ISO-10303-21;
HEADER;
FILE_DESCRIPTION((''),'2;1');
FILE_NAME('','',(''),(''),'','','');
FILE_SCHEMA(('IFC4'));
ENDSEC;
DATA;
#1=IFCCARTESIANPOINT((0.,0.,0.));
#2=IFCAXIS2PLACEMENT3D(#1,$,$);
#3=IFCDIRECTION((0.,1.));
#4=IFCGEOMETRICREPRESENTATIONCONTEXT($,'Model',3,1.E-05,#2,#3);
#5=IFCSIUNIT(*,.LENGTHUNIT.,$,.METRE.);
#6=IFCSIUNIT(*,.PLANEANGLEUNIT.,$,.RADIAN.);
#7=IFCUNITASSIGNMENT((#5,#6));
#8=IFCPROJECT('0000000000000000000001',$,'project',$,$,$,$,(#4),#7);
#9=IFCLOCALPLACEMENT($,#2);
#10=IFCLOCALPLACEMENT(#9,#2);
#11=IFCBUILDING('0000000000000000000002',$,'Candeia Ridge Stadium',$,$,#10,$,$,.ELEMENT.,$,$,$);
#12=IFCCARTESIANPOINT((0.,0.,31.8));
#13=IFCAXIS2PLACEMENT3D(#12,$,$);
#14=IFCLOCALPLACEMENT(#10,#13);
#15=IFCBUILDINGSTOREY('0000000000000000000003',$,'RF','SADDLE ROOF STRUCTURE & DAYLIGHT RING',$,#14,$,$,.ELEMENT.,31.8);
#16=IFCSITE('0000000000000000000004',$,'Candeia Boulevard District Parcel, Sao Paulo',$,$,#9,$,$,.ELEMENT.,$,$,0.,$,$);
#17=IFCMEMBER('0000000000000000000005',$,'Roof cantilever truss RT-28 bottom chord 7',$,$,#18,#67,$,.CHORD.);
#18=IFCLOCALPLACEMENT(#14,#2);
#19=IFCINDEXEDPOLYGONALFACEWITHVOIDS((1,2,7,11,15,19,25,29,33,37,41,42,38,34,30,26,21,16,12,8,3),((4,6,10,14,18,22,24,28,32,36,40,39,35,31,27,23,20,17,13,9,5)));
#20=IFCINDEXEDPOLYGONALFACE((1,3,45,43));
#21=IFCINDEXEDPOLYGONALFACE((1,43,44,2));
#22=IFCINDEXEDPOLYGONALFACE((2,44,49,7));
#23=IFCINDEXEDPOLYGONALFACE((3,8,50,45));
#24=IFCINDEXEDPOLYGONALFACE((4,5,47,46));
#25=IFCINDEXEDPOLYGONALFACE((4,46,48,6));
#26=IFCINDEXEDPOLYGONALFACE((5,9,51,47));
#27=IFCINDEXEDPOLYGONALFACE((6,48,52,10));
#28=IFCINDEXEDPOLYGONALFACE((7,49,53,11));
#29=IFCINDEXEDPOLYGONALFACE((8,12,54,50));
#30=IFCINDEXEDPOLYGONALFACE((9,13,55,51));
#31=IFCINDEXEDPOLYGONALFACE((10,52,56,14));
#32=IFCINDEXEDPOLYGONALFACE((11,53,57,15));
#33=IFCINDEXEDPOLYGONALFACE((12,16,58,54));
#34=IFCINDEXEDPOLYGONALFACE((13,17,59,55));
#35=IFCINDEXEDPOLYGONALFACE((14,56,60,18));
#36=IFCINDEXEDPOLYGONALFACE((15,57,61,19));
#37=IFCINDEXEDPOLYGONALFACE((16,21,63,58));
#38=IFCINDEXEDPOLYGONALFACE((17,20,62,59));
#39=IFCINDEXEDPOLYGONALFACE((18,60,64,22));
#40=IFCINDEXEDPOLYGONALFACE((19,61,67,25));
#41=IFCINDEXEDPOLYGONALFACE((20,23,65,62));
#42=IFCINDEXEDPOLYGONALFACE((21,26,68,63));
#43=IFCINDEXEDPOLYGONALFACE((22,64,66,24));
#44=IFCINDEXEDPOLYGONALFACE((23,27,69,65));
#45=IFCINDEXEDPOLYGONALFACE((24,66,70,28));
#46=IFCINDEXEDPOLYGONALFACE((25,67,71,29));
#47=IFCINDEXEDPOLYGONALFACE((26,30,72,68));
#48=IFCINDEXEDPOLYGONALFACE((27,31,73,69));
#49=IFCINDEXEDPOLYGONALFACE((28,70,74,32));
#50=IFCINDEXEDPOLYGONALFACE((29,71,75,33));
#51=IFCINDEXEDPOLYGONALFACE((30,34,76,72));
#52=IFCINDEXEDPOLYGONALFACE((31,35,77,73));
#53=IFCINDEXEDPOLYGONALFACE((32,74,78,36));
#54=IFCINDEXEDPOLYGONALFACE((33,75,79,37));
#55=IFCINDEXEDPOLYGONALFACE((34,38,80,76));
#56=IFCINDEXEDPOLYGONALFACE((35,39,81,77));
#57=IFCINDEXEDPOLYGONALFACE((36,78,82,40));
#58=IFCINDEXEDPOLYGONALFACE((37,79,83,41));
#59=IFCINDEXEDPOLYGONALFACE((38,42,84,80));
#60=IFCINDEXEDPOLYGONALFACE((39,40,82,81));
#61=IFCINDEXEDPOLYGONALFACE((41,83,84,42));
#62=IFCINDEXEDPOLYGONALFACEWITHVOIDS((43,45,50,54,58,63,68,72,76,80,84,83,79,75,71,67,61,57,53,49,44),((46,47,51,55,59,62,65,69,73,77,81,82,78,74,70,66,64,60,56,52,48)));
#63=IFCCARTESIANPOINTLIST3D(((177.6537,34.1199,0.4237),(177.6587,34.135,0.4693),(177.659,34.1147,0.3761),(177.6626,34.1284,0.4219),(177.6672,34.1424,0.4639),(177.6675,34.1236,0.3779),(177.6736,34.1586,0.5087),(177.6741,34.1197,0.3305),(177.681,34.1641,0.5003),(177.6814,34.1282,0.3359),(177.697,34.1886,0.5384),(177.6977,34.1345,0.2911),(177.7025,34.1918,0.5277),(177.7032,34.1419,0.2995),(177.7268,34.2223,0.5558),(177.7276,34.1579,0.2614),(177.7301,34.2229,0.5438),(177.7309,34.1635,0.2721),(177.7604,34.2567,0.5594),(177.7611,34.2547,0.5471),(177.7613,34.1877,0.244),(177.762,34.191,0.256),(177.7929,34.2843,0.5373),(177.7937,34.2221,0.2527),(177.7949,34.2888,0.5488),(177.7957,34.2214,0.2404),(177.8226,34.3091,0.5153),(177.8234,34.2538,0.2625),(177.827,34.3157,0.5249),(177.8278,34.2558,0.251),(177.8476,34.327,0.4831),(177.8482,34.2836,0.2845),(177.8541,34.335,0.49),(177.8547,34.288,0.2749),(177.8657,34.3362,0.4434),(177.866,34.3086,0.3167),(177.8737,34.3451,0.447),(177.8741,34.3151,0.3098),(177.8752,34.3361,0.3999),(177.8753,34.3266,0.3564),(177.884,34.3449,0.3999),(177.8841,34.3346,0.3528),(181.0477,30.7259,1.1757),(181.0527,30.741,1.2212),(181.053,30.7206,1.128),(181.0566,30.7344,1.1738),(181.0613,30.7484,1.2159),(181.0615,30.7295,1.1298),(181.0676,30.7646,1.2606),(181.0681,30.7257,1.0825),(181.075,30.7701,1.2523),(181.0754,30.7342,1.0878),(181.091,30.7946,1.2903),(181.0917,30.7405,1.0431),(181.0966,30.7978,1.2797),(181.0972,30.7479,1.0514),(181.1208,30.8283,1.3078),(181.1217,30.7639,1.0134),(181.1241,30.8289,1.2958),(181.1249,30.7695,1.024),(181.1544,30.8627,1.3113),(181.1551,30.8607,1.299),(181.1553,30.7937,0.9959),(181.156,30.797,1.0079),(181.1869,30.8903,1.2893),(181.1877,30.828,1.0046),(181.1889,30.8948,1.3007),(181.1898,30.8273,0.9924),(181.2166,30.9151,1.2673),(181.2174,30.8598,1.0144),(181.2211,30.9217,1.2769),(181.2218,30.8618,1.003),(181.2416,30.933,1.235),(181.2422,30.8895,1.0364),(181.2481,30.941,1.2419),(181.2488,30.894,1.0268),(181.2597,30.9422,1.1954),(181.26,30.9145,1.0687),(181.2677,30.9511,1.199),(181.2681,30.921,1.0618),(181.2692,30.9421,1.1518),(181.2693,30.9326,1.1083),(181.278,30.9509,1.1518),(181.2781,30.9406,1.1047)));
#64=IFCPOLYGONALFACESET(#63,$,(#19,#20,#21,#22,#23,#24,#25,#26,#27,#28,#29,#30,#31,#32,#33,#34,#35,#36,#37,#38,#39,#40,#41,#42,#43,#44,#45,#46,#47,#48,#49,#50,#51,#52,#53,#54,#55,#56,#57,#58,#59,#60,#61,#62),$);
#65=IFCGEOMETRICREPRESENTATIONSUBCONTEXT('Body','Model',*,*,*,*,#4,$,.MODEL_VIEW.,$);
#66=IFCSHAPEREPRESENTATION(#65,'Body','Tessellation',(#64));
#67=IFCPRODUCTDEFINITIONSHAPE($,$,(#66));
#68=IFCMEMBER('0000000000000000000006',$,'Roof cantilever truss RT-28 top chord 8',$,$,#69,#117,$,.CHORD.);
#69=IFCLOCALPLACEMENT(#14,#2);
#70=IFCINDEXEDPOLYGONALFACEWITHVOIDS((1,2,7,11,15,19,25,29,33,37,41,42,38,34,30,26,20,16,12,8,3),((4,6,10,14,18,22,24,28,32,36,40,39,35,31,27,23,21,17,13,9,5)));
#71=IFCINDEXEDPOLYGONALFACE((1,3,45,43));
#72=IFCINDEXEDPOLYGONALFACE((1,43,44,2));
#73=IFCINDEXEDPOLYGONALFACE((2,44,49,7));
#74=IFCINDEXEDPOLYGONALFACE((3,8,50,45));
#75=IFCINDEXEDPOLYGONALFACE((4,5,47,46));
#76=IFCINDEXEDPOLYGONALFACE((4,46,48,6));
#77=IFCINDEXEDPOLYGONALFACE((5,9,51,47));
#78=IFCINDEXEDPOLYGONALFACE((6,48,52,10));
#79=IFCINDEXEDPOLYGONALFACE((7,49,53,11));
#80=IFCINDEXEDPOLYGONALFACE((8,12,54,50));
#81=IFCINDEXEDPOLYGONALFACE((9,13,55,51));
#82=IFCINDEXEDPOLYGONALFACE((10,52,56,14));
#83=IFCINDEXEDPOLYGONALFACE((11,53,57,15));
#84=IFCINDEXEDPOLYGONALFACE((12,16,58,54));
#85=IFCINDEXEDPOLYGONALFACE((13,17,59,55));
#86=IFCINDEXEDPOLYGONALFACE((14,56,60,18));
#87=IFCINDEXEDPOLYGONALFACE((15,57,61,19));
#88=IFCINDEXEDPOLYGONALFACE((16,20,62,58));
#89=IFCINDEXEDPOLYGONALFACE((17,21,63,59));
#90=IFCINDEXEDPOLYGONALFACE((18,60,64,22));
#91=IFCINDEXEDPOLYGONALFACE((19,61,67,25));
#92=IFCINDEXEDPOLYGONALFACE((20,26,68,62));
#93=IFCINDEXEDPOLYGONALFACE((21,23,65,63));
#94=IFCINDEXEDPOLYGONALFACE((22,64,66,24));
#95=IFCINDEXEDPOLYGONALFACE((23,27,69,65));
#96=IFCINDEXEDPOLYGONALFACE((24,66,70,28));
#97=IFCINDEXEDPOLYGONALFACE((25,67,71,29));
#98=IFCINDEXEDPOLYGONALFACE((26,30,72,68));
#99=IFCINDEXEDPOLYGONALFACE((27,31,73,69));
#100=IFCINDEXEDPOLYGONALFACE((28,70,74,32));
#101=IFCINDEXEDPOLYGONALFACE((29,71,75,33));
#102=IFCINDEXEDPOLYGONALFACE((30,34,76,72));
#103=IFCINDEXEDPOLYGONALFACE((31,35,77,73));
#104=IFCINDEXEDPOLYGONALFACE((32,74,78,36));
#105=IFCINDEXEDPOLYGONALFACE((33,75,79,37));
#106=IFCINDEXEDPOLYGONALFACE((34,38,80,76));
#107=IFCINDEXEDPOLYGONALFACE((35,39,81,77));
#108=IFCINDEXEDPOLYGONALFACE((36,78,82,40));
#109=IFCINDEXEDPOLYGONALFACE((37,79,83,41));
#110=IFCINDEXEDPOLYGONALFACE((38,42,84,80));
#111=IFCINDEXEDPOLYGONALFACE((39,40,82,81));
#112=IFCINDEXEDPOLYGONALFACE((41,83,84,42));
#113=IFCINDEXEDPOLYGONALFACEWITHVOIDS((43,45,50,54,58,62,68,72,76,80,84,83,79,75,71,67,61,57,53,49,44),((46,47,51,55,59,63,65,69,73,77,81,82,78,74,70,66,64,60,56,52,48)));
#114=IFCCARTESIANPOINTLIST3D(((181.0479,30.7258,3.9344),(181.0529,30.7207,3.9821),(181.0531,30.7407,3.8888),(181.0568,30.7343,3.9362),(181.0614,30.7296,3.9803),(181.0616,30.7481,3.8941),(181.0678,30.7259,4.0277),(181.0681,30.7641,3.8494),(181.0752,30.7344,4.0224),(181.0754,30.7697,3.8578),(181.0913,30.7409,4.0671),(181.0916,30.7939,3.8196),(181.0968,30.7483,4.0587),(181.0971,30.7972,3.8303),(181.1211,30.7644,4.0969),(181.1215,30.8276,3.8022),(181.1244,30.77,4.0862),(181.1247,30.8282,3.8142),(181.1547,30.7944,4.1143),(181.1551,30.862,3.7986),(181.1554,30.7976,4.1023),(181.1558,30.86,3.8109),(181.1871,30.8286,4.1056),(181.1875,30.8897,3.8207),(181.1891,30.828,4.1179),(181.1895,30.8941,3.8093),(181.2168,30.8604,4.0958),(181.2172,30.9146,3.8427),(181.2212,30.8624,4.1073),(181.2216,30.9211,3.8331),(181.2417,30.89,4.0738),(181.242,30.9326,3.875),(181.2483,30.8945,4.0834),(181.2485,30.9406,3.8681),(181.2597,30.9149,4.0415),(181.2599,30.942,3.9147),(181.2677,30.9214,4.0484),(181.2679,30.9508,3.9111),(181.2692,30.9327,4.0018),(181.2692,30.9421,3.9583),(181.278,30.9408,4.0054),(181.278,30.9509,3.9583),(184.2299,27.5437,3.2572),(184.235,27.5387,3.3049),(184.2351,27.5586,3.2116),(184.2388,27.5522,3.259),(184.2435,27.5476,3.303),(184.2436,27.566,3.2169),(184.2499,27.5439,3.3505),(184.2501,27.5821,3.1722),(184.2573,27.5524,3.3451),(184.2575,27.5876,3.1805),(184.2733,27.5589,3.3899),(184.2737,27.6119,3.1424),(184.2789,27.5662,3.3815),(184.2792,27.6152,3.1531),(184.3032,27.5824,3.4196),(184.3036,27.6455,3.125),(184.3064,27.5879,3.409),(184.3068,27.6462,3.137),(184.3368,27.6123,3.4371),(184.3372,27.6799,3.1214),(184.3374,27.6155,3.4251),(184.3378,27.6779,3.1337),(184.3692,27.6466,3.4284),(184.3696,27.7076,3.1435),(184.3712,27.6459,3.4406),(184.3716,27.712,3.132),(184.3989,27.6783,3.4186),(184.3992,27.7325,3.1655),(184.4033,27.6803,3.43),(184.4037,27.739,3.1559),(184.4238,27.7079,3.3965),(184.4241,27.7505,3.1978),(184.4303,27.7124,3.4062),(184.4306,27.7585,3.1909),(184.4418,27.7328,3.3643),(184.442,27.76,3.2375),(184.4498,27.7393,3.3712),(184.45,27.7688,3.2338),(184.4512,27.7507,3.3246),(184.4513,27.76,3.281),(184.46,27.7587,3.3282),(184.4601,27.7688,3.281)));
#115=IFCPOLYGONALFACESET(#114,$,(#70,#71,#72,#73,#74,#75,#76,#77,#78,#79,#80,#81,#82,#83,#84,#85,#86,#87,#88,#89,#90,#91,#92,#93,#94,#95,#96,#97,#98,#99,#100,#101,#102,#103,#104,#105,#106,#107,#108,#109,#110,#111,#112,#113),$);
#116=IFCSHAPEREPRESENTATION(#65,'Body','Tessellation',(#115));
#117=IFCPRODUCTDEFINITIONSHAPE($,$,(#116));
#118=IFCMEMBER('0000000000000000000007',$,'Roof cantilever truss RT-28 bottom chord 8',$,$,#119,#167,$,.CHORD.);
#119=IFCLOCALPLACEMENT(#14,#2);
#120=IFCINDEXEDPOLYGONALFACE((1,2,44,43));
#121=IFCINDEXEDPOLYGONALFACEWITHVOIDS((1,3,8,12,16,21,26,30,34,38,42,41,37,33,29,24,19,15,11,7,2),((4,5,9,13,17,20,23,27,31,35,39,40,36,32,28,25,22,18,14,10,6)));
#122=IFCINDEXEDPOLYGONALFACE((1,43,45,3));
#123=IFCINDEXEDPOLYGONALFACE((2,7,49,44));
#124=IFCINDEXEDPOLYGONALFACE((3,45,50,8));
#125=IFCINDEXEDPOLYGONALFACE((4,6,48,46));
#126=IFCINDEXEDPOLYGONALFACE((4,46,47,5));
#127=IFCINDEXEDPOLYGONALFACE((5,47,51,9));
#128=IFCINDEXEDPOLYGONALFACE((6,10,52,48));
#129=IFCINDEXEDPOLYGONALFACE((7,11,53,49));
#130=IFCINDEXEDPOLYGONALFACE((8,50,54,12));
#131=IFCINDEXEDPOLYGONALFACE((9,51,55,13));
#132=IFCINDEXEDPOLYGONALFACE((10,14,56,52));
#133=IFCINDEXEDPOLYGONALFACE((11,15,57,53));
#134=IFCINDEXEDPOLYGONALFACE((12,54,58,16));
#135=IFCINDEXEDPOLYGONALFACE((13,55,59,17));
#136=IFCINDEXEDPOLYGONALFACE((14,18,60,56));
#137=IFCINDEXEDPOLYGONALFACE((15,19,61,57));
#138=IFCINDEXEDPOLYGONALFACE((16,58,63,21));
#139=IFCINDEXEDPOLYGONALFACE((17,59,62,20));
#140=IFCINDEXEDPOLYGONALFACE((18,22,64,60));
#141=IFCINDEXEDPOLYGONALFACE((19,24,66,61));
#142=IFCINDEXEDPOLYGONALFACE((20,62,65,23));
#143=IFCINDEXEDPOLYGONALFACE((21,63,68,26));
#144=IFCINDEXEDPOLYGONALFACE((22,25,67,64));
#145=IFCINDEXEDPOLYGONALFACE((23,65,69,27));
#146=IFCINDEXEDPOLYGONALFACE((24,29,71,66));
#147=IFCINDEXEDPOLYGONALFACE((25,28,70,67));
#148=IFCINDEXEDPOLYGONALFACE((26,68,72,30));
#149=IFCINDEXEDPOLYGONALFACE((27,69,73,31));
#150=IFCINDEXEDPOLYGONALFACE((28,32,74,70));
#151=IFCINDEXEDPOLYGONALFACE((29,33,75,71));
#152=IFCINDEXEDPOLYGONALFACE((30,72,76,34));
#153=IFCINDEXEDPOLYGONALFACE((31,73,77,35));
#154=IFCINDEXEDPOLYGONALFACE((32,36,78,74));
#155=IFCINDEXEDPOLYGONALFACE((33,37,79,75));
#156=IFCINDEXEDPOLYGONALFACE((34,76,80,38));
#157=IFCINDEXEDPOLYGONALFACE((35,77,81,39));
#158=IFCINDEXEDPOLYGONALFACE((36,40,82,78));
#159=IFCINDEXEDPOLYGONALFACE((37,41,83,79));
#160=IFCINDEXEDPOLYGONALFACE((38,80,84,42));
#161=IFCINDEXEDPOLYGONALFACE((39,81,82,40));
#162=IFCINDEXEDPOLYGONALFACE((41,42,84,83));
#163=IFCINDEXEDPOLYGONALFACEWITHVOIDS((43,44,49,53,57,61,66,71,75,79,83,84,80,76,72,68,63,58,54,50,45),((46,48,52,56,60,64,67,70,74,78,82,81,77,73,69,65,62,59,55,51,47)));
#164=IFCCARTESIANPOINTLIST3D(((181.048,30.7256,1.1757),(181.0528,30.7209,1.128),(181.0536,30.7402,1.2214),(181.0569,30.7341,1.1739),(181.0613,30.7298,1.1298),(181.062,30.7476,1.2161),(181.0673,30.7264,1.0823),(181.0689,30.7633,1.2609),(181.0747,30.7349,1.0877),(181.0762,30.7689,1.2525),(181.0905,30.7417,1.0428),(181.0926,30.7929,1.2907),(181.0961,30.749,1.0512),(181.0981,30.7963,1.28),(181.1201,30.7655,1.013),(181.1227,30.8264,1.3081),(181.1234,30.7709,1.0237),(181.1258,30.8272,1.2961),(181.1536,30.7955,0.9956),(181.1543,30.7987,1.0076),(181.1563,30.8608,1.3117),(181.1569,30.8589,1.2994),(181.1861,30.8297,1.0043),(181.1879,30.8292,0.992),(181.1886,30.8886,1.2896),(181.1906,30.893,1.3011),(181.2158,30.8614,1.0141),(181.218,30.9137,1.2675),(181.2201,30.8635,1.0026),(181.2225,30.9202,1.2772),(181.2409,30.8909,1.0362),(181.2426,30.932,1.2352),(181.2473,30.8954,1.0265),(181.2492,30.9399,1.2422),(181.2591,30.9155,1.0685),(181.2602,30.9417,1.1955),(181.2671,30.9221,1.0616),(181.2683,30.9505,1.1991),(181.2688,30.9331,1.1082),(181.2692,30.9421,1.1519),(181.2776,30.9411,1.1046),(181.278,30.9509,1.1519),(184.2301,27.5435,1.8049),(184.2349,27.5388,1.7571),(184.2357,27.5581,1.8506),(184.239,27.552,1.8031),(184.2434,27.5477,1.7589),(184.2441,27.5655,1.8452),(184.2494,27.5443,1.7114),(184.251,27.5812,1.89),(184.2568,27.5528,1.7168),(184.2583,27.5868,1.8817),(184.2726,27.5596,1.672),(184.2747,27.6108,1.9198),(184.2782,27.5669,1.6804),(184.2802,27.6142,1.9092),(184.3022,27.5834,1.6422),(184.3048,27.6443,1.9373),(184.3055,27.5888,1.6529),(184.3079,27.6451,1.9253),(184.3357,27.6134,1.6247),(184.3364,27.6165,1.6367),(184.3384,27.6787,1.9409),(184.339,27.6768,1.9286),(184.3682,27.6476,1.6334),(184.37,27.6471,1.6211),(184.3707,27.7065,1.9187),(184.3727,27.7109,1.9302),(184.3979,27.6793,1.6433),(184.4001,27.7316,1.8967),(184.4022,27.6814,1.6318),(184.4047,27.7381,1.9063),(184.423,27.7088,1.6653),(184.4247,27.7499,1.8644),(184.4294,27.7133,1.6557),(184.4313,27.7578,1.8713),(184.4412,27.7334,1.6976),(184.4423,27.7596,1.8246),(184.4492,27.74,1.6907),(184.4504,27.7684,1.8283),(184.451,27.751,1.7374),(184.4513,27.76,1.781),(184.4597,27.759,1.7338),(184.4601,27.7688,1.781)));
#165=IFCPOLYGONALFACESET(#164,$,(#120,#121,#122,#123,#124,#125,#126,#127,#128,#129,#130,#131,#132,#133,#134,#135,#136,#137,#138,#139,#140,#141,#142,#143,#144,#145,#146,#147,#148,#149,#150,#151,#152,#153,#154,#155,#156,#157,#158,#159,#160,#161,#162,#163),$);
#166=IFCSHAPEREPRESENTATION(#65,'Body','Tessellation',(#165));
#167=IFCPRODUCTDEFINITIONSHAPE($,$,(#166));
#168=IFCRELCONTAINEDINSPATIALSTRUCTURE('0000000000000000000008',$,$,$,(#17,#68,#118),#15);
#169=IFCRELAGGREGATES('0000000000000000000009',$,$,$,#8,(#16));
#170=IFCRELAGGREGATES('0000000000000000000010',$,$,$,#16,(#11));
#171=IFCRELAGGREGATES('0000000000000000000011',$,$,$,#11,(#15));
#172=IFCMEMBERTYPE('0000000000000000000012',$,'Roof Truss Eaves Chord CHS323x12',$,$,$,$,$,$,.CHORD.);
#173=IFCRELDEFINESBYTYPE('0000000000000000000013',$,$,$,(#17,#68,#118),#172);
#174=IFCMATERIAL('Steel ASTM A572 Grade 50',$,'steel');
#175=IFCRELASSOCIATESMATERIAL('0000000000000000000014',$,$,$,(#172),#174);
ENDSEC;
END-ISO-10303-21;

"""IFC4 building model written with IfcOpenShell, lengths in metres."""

from ifc_helpers import new_model, si_unit, direction, frame, origin, origin_2d, place, context, subcontext, project, spatial, hollow_circle, extrude, material, material_profile, profile_set, type_object, element, save


model = new_model("IFC4")

# Units and contexts
model_context = context("Model", 3, precision=1e-05, world=origin(), true_north=direction((0.0, 1.0)))
body_context = subcontext(model_context, "Body", "Model", "MODEL_VIEW")
ifc_project = project(units=[si_unit("LENGTHUNIT", "METRE"), si_unit("PLANEANGLEUNIT", "RADIAN")], contexts=[model_context])

# Site, building, storey
site_placement = place(None, origin())
site = spatial("IfcSite", under=ifc_project, at=site_placement, Name="Candeia Boulevard District Parcel, Sao Paulo", CompositionType="ELEMENT", RefElevation=0.0)
building_placement = place(site_placement, origin())
building = spatial("IfcBuilding", under=site, at=building_placement, Name="Candeia Ridge Stadium", CompositionType="ELEMENT")
storey_placement = place(building_placement, frame((0.0, 0.0, 31.8)))
storey = spatial("IfcBuildingStorey", under=building, at=storey_placement, Name="RF", Description="SADDLE ROOF STRUCTURE & DAYLIGHT RING", CompositionType="ELEMENT", Elevation=31.8)

# Shared definitions
ifc_material_1 = material(Name="Steel ASTM A572 Grade 50", Category="steel")

# Members
ifc_material_profile_1 = material_profile(ifc_material_1, hollow_circle(Radius=0.1619, WallThickness=0.0125, at=origin_2d()), Name="CHS323x12", Category="steel")
ifc_profile_set_1 = profile_set([ifc_material_profile_1], Name="Steel ASTM A572 Grade 50")
member_type_1 = type_object("IfcMemberType", Name="Roof Truss Eaves Chord CHS323x12", PredefinedType="CHORD", material=ifc_profile_set_1)
member_1_placement = place(storey_placement, frame((177.7695, 34.2305, 0.3999), z_axis=(0.698586, -0.698586, 0.154772), x_axis=(0.707107, 0.707107, 0.0)))
element("IfcMember", 1, at=member_1_placement, inside=storey, type_object=member_type_1, Name="Roof cantilever truss RT-28 bottom chord 7", PredefinedType="CHORD", context=body_context, shape_type="SweptSolid", body=[
    extrude(hollow_circle(Radius=0.1619, WallThickness=0.0125, at=origin_2d()), origin(), (0.0, 0.0, 1.0), 4.8584),
])
member_2_placement = place(storey_placement, frame((181.1636, 30.8364, 3.9583), z_axis=(0.699233, -0.699233, -0.148816), x_axis=(0.707107, 0.707107, 0.0)))
element("IfcMember", 2, at=member_2_placement, inside=storey, type_object=member_type_1, Name="Roof cantilever truss RT-28 top chord 8", PredefinedType="CHORD", context=body_context, shape_type="SweptSolid", body=[
    extrude(hollow_circle(Radius=0.1619, WallThickness=0.0125, at=origin_2d()), origin(), (0.0, 0.0, 1.0), 4.5508),
])
member_3_placement = place(storey_placement, frame((181.1636, 30.8364, 1.1519), z_axis=(0.700296, -0.700296, 0.138458), x_axis=(0.707107, 0.707107, 0.0)))
element("IfcMember", 3, at=member_3_placement, inside=storey, type_object=member_type_1, Name="Roof cantilever truss RT-28 bottom chord 8", PredefinedType="CHORD", context=body_context, shape_type="SweptSolid", body=[
    extrude(hollow_circle(Radius=0.1619, WallThickness=0.0125, at=origin_2d()), origin(), (0.0, 0.0, 1.0), 4.5439),
])

save(model, "model.ifc")
